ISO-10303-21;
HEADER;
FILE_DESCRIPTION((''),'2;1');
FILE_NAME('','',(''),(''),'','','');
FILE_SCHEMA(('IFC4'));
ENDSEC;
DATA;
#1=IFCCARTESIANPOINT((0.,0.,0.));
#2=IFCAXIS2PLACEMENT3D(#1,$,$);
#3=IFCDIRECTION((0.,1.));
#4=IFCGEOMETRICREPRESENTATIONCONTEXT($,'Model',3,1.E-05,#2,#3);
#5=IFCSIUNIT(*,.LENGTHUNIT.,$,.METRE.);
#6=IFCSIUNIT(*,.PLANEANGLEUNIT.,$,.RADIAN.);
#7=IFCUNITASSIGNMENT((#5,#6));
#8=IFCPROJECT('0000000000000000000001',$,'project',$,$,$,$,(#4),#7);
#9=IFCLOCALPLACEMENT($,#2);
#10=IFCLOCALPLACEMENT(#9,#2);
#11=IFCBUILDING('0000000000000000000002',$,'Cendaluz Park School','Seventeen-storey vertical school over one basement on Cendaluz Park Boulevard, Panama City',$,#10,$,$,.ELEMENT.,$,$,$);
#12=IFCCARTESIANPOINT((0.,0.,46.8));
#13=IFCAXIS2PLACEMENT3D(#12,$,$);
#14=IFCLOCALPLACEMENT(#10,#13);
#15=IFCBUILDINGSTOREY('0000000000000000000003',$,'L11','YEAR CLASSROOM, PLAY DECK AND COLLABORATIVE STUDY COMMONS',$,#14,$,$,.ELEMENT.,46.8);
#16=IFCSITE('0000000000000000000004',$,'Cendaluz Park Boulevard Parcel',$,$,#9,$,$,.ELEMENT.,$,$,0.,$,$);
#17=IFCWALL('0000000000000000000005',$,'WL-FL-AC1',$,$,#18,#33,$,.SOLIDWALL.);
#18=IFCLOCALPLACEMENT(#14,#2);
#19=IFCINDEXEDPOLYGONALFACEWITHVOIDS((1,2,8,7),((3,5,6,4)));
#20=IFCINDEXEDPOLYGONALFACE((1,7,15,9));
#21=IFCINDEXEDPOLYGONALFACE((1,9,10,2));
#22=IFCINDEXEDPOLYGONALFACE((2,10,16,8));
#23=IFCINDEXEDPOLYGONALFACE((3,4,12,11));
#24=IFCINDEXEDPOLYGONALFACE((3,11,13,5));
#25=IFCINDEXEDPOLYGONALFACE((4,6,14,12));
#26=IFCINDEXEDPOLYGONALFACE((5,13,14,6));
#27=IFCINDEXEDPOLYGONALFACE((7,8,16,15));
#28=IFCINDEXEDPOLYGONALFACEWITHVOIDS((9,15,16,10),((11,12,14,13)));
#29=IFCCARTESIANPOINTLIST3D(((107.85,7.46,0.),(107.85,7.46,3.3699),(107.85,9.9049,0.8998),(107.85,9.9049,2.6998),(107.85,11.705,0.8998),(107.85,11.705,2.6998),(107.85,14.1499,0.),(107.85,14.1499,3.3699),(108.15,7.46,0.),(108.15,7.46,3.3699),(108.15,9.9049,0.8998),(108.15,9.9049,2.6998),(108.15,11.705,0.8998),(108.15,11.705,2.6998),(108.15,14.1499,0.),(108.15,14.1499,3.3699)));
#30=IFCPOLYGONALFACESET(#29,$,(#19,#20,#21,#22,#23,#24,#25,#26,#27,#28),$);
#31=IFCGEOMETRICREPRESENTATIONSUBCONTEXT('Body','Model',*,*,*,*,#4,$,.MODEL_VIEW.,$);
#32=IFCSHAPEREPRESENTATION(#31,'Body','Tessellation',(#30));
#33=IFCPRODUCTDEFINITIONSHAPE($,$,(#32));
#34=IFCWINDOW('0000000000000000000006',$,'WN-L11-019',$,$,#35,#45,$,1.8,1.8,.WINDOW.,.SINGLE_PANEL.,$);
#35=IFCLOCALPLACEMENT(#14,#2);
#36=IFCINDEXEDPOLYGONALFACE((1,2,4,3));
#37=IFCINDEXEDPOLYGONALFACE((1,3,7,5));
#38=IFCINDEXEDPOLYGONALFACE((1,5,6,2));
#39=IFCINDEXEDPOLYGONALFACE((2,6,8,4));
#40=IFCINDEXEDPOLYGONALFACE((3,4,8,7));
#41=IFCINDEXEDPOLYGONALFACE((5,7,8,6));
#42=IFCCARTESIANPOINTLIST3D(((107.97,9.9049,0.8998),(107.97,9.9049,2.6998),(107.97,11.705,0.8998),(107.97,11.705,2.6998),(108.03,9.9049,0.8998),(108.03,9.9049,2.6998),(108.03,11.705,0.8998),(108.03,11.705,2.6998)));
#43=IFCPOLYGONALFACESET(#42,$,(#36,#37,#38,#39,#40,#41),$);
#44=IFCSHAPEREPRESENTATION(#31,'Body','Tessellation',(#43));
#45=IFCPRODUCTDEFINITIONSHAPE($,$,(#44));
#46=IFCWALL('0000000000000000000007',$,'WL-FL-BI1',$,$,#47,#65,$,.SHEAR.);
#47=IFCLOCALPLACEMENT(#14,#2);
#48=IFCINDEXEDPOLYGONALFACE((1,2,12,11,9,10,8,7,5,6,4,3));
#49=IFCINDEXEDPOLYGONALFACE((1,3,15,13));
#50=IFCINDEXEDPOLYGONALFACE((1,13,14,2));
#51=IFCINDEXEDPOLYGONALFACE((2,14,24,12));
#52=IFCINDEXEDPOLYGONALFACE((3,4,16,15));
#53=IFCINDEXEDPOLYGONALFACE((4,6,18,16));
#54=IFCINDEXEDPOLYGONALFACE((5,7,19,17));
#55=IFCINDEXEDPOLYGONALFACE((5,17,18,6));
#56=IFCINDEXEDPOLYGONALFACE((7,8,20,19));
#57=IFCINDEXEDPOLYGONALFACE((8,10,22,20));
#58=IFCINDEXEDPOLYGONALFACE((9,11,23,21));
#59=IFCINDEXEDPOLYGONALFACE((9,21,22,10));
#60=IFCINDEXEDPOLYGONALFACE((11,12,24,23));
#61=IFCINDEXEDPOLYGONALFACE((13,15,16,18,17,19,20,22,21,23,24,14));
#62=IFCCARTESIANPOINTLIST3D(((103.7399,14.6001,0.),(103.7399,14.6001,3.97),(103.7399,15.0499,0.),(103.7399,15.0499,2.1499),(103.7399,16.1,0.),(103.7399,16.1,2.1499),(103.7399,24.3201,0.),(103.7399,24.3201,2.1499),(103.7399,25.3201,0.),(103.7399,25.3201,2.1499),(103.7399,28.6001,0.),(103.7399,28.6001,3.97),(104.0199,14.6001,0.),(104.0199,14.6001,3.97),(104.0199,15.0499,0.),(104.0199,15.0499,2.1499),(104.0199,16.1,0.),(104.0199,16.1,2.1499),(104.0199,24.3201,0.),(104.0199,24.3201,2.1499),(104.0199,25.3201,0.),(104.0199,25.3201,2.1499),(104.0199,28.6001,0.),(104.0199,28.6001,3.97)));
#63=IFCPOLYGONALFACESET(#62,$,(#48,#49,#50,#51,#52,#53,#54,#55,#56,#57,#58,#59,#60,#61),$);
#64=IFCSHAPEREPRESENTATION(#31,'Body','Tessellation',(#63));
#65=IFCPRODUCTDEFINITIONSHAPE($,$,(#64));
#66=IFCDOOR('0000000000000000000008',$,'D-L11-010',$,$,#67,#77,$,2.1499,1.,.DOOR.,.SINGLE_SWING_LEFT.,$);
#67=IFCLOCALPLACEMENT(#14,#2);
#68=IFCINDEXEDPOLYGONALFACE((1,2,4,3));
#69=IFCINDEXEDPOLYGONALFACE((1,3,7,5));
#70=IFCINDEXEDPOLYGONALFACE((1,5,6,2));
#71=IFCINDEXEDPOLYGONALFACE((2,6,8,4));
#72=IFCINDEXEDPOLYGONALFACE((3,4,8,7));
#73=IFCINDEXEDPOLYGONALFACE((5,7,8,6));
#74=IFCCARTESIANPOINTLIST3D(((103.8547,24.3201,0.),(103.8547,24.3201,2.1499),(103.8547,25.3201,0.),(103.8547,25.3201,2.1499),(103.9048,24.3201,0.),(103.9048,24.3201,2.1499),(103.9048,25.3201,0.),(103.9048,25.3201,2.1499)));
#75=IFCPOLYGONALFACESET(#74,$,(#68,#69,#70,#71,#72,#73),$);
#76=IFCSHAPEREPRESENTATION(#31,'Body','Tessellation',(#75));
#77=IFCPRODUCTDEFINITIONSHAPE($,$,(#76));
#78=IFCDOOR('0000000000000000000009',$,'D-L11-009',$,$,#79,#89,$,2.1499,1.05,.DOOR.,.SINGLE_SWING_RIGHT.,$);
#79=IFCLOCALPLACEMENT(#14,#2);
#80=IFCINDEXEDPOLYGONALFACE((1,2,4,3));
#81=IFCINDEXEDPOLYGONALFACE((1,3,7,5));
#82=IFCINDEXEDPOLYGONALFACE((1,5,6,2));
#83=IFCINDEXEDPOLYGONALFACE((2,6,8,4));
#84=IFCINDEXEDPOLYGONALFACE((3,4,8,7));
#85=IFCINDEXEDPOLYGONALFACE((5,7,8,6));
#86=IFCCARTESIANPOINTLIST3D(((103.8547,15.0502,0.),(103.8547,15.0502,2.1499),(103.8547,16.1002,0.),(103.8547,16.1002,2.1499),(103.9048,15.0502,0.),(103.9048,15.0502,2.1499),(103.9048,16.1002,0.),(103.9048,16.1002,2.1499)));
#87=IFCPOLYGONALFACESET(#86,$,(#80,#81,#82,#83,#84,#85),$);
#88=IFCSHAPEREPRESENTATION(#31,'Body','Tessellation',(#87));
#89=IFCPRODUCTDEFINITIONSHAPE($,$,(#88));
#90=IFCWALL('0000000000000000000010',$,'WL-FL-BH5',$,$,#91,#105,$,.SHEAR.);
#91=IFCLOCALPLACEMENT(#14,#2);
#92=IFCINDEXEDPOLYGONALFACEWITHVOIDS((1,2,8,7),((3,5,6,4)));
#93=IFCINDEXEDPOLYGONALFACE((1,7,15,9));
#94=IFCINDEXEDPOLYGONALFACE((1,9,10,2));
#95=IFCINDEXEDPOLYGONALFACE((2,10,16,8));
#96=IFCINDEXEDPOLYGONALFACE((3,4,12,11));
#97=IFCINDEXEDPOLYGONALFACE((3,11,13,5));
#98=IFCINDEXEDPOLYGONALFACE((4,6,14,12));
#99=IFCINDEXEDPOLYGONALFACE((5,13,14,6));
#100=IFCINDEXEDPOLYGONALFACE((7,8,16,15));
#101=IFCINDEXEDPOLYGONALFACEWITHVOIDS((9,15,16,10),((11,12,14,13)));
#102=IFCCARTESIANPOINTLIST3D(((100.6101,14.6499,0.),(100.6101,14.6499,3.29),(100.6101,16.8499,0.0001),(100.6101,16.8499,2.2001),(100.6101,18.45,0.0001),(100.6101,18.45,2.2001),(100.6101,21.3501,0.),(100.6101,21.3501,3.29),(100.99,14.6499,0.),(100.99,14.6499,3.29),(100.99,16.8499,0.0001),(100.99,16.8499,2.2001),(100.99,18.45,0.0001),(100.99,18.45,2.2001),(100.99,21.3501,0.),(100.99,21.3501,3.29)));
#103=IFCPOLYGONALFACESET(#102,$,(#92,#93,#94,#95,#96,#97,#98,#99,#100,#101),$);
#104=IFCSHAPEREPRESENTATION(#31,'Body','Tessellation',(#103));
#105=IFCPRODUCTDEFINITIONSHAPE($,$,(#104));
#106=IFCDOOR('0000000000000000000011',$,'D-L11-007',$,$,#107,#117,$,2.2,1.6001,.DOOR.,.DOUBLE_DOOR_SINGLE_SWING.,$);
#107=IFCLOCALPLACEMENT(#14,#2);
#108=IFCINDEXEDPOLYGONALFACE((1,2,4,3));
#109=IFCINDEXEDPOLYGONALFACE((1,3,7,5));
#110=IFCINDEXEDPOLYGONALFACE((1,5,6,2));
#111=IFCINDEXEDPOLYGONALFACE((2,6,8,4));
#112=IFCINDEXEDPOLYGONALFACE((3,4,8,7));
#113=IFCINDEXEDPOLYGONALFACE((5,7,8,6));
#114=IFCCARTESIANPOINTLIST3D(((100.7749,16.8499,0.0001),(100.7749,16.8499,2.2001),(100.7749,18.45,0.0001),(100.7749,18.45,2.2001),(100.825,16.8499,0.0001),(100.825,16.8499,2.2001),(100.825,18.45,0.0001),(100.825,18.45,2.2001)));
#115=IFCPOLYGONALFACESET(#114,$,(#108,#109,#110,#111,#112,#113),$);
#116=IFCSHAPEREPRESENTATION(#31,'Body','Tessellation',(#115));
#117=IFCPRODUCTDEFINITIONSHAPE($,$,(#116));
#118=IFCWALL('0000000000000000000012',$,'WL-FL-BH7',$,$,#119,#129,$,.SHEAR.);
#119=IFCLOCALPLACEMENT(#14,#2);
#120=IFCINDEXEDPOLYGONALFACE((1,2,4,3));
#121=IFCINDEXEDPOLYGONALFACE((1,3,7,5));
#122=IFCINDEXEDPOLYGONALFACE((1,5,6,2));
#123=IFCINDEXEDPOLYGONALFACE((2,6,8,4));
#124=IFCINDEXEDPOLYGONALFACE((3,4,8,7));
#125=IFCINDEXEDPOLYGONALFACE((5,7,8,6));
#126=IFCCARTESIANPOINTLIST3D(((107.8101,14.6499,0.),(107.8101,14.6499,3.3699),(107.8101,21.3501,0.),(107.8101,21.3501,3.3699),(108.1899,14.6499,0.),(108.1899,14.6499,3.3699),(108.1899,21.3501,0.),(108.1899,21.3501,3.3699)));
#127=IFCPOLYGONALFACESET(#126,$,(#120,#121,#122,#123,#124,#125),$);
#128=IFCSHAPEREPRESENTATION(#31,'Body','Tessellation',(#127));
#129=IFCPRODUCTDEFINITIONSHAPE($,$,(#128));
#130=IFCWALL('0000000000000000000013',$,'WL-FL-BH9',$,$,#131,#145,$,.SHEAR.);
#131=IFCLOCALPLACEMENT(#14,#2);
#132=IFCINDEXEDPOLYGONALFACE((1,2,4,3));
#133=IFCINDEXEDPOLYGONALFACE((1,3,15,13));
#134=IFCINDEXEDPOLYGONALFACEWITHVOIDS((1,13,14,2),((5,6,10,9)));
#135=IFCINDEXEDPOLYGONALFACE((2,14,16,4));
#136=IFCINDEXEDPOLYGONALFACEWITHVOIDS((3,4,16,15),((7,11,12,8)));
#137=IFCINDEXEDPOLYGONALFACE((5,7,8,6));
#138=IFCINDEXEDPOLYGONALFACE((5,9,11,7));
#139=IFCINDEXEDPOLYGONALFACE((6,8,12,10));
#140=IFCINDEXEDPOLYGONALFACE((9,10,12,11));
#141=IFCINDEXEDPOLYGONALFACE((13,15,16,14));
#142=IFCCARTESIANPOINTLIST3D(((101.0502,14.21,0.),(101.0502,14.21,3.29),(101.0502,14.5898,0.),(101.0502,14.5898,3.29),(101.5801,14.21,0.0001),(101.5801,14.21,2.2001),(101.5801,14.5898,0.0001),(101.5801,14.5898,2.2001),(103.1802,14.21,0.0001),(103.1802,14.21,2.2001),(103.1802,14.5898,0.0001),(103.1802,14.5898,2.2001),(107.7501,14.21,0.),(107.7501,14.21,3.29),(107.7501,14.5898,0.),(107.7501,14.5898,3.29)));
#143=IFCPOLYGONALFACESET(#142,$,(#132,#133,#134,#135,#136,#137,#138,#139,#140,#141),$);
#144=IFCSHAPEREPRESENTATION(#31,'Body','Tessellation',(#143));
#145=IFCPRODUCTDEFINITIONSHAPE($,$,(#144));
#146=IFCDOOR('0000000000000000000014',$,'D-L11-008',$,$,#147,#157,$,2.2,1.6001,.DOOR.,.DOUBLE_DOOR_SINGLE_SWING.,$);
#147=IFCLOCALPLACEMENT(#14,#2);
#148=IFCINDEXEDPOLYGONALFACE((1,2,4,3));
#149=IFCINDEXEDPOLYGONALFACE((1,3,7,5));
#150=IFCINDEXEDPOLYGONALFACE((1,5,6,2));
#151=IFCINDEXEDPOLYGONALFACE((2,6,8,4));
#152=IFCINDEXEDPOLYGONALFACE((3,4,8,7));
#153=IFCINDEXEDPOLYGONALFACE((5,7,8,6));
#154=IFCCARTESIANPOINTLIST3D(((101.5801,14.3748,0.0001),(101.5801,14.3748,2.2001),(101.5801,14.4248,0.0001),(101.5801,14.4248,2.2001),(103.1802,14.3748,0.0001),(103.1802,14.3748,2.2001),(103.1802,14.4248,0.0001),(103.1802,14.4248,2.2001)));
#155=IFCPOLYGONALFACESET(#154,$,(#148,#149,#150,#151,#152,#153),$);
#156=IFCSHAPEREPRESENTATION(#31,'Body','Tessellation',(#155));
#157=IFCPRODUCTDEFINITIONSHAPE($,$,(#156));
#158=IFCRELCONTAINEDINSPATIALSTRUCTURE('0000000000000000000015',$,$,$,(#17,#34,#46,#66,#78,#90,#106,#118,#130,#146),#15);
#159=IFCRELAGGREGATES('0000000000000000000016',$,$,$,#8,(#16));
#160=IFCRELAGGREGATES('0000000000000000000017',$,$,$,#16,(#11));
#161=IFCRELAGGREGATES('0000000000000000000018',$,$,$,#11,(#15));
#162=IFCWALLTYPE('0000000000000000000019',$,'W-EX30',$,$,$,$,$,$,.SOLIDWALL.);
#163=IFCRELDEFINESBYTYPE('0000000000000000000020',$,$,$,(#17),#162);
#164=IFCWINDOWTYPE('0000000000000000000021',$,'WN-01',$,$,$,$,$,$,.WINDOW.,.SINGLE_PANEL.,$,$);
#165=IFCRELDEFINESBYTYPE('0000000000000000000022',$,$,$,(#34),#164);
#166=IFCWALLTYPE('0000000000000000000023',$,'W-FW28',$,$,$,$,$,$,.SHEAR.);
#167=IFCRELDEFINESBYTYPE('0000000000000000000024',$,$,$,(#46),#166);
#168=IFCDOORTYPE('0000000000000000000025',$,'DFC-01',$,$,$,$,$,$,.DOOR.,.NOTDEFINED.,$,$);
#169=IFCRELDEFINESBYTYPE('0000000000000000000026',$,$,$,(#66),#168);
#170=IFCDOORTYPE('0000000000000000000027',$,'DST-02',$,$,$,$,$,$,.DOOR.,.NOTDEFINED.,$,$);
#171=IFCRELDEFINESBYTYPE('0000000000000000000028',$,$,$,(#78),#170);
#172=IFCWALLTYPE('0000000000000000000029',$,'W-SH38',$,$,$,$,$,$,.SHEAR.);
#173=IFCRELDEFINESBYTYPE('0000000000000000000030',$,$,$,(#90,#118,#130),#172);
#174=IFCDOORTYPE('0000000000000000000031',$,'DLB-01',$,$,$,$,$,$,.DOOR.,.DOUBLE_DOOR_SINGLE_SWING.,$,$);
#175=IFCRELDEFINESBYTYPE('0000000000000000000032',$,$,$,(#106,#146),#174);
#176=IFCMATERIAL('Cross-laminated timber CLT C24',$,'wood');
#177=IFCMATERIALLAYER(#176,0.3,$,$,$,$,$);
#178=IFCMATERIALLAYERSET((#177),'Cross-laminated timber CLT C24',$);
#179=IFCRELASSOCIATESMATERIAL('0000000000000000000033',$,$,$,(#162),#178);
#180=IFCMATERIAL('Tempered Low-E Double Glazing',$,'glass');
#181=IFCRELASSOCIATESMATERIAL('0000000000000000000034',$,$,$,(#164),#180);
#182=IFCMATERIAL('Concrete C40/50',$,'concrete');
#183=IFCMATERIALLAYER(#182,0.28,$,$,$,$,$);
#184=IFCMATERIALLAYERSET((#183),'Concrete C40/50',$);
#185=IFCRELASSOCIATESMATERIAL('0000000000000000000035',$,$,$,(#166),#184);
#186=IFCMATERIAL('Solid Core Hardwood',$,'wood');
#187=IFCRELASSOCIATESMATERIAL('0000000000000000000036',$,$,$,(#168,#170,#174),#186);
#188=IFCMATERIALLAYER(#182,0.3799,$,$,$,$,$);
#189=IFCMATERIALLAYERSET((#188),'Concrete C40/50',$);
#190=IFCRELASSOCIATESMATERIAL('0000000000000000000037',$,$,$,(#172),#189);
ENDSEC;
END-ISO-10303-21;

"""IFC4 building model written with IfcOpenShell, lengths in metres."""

from ifc_helpers import new_model, si_unit, direction, frame, frame_2d, origin, place, context, subcontext, project, spatial, rectangle, extrude, material, layer, layer_set, type_object, element, fill, save


model = new_model("IFC4")

# Units and contexts
model_context = context("Model", 3, precision=1e-05, world=origin(), true_north=direction((0.0, 1.0)))
body_context = subcontext(model_context, "Body", "Model", "MODEL_VIEW")
ifc_project = project(units=[si_unit("LENGTHUNIT", "METRE"), si_unit("PLANEANGLEUNIT", "RADIAN")], contexts=[model_context])

# Site, building, storey
site_placement = place(None, origin())
site = spatial("IfcSite", under=ifc_project, at=site_placement, Name="Cendaluz Park Boulevard Parcel", CompositionType="ELEMENT", RefElevation=0.0)
building_placement = place(site_placement, origin())
building = spatial("IfcBuilding", under=site, at=building_placement, Name="Cendaluz Park School", Description="Seventeen-storey vertical school over one basement on Cendaluz Park Boulevard, Panama City", CompositionType="ELEMENT")
storey_placement = place(building_placement, frame((0.0, 0.0, 46.8)))
storey = spatial("IfcBuildingStorey", under=building, at=storey_placement, Name="L11", Description="YEAR CLASSROOM, PLAY DECK AND COLLABORATIVE STUDY COMMONS", CompositionType="ELEMENT", Elevation=46.8)

# Wall, opening, window
ifc_material_1 = material(Name="Cross-laminated timber CLT C24", Category="wood")
ifc_layer_1 = layer(ifc_material_1, 0.3)
ifc_layer_set_1 = layer_set([ifc_layer_1], Name="Cross-laminated timber CLT C24")
wall_type_1 = type_object("IfcWallType", Name="W-EX30", PredefinedType="SOLIDWALL", material=ifc_layer_set_1)
ifc_material_2 = material(Name="Tempered Low-E Double Glazing", Category="glass")
wall_1_placement = place(storey_placement, frame((108.0, 7.46, 0.0), z_axis=(0.0, 0.0, 1.0), x_axis=(0.0, 1.0, 0.0)))
wall_1 = element("IfcWall", 1, at=wall_1_placement, inside=storey, type_object=wall_type_1, Name="WL-FL-AC1", PredefinedType="SOLIDWALL", context=body_context, shape_type="SweptSolid", body=[
    extrude(rectangle(XDim=6.6899, YDim=0.3, at=frame_2d((3.345, 0.0))), origin(), (0.0, 0.0, 1.0), 3.3699),
])
opening_1_placement = place(wall_1_placement, frame((2.4451, 0.0, 0.8999)))
opening_1 = element("IfcOpeningElement", 2, at=opening_1_placement, cuts=wall_1, PredefinedType="OPENING", context=body_context, shape_type="SweptSolid", body=[
    extrude(rectangle(XDim=1.8, YDim=1.8, at=frame_2d((0.8999, 0.8999))), frame((0.0, 0.1621, 0.0), z_axis=(0.0, -1.0, 0.0), x_axis=(1.0, 0.0, 0.0)), (0.0, 0.0, 1.0), 0.324),
])
window_type_1 = type_object("IfcWindowType", Name="WN-01", PartitioningType="SINGLE_PANEL", PredefinedType="WINDOW", material=ifc_material_2)
window_1_placement = place(opening_1_placement, origin())
window_1 = element("IfcWindow", 3, at=window_1_placement, inside=storey, type_object=window_type_1, Name="WN-L11-019", OverallHeight=1.8, OverallWidth=1.8, PartitioningType="SINGLE_PANEL", PredefinedType="WINDOW", context=body_context, shape_type="SweptSolid", body=[
    extrude(rectangle(XDim=1.8, YDim=1.8, at=frame_2d((0.8999, 0.8999))), frame((0.0, 0.03, 0.0), z_axis=(0.0, -1.0, 0.0), x_axis=(1.0, 0.0, 0.0)), (0.0, 0.0, 1.0), 0.0601),
])
fill(opening_1, window_1)

# Wall, openings, doors
ifc_material_3 = material(Name="Concrete C40/50", Category="concrete")
ifc_layer_2 = layer(ifc_material_3, 0.28)
ifc_layer_set_2 = layer_set([ifc_layer_2], Name="Concrete C40/50")
wall_type_2 = type_object("IfcWallType", Name="W-FW28", PredefinedType="SHEAR", material=ifc_layer_set_2)
wall_2_placement = place(storey_placement, frame((103.8799, 14.6001, 0.0), z_axis=(0.0, 0.0, 1.0), x_axis=(0.0, 1.0, 0.0)))
wall_2 = element("IfcWall", 4, at=wall_2_placement, inside=storey, type_object=wall_type_2, Name="WL-FL-BI1", PredefinedType="SHEAR", context=body_context, shape_type="SweptSolid", body=[
    extrude(rectangle(XDim=14.0, YDim=0.28, at=frame_2d((7.0, 0.0))), origin(), (0.0, 0.0, 1.0), 3.97),
])
opening_2_placement = place(wall_2_placement, frame((0.45, 0.0, 0.0)))
opening_2 = element("IfcOpeningElement", 5, at=opening_2_placement, cuts=wall_2, PredefinedType="OPENING", context=body_context, shape_type="SweptSolid", body=[
    extrude(rectangle(XDim=1.05, YDim=2.1499, at=frame_2d((0.5249, 1.075))), frame((0.0, 0.1521, 0.0), z_axis=(0.0, -1.0, 0.0), x_axis=(1.0, 0.0, 0.0)), (0.0, 0.0, 1.0), 0.304),
])
opening_3_placement = place(wall_2_placement, frame((9.72, 0.0, 0.0)))
opening_3 = element("IfcOpeningElement", 6, at=opening_3_placement, cuts=wall_2, PredefinedType="OPENING", context=body_context, shape_type="SweptSolid", body=[
    extrude(rectangle(XDim=1.0, YDim=2.1499, at=frame_2d((0.5, 1.075))), frame((0.0, 0.1521, 0.0), z_axis=(0.0, -1.0, 0.0), x_axis=(1.0, 0.0, 0.0)), (0.0, 0.0, 1.0), 0.304),
])
ifc_material_4 = material(Name="Solid Core Hardwood", Category="wood")
door_type_1 = type_object("IfcDoorType", Name="DFC-01", OperationType="NOTDEFINED", PredefinedType="DOOR", material=ifc_material_4)
door_1_placement = place(opening_3_placement, frame((1.0, 0.0, 0.0), z_axis=(0.0, 0.0, 1.0), x_axis=(-1.0, 0.0, 0.0)))
door_1 = element("IfcDoor", 7, at=door_1_placement, inside=storey, type_object=door_type_1, Name="D-L11-010", OperationType="SINGLE_SWING_LEFT", OverallHeight=2.1499, OverallWidth=1.0, PredefinedType="DOOR", context=body_context, shape_type="SweptSolid", body=[
    extrude(rectangle(XDim=1.0, YDim=2.1499, at=frame_2d((0.5, 1.075))), frame((0.0, 0.0249, 0.0), z_axis=(0.0, -1.0, 0.0), x_axis=(1.0, 0.0, 0.0)), (0.0, 0.0, 1.0), 0.05),
])
fill(opening_3, door_1)
door_type_2 = type_object("IfcDoorType", Name="DST-02", OperationType="NOTDEFINED", PredefinedType="DOOR", material=ifc_material_4)
door_2_placement = place(opening_2_placement, frame((1.05, 0.0, 0.0), z_axis=(0.0, 0.0, 1.0), x_axis=(-1.0, 0.0, 0.0)))
door_2 = element("IfcDoor", 8, at=door_2_placement, inside=storey, type_object=door_type_2, Name="D-L11-009", OperationType="SINGLE_SWING_RIGHT", OverallHeight=2.1499, OverallWidth=1.05, PredefinedType="DOOR", context=body_context, shape_type="SweptSolid", body=[
    extrude(rectangle(XDim=1.05, YDim=2.1499, at=frame_2d((0.5249, 1.075))), frame((0.0, 0.0249, 0.0), z_axis=(0.0, -1.0, 0.0), x_axis=(1.0, 0.0, 0.0)), (0.0, 0.0, 1.0), 0.05),
])
fill(opening_2, door_2)

# Wall, opening, door
ifc_layer_3 = layer(ifc_material_3, 0.3799)
ifc_layer_set_3 = layer_set([ifc_layer_3], Name="Concrete C40/50")
wall_type_3 = type_object("IfcWallType", Name="W-SH38", PredefinedType="SHEAR", material=ifc_layer_set_3)
wall_3_placement = place(storey_placement, frame((100.8, 14.6499, 0.0), z_axis=(0.0, 0.0, 1.0), x_axis=(0.0, 1.0, 0.0)))
wall_3 = element("IfcWall", 9, at=wall_3_placement, inside=storey, type_object=wall_type_3, Name="WL-FL-BH5", PredefinedType="SHEAR", context=body_context, shape_type="SweptSolid", body=[
    extrude(rectangle(XDim=6.7002, YDim=0.3799, at=frame_2d((3.3501, 0.0))), origin(), (0.0, 0.0, 1.0), 3.29),
])
opening_4_placement = place(wall_3_placement, frame((2.2, 0.0, 0.0)))
opening_4 = element("IfcOpeningElement", 10, at=opening_4_placement, cuts=wall_3, PredefinedType="OPENING", context=body_context, shape_type="SweptSolid", body=[
    extrude(rectangle(XDim=1.6001, YDim=2.2, at=frame_2d((0.8, 1.1001))), frame((0.0, 0.2019, 0.0), z_axis=(0.0, -1.0, 0.0), x_axis=(1.0, 0.0, 0.0)), (0.0, 0.0, 1.0), 0.4038),
])
door_type_3 = type_object("IfcDoorType", Name="DLB-01", OperationType="DOUBLE_DOOR_SINGLE_SWING", PredefinedType="DOOR", material=ifc_material_4)
door_3_placement = place(opening_4_placement, frame((1.6001, 0.0, 0.0), z_axis=(0.0, 0.0, 1.0), x_axis=(-1.0, 0.0, 0.0)))
door_3 = element("IfcDoor", 11, at=door_3_placement, inside=storey, type_object=door_type_3, Name="D-L11-007", OperationType="DOUBLE_DOOR_SINGLE_SWING", OverallHeight=2.2, OverallWidth=1.6001, PredefinedType="DOOR", context=body_context, shape_type="SweptSolid", body=[
    extrude(rectangle(XDim=1.6001, YDim=2.2, at=frame_2d((0.8, 1.1001))), frame((0.0, 0.0249, 0.0), z_axis=(0.0, -1.0, 0.0), x_axis=(1.0, 0.0, 0.0)), (0.0, 0.0, 1.0), 0.05),
])
fill(opening_4, door_3)

# Wall
wall_4_placement = place(storey_placement, frame((108.0, 14.6499, 0.0), z_axis=(0.0, 0.0, 1.0), x_axis=(0.0, 1.0, 0.0)))
element("IfcWall", 12, at=wall_4_placement, inside=storey, type_object=wall_type_3, Name="WL-FL-BH7", PredefinedType="SHEAR", context=body_context, shape_type="SweptSolid", body=[
    extrude(rectangle(XDim=6.7002, YDim=0.3799, at=frame_2d((3.3501, 0.0))), origin(), (0.0, 0.0, 1.0), 3.3699),
])

# Wall, opening, door
wall_5_placement = place(storey_placement, frame((101.05, 14.3999, 0.0), z_axis=(0.0, 0.0, 1.0), x_axis=(1.0, 0.0, 0.0)))
wall_5 = element("IfcWall", 13, at=wall_5_placement, inside=storey, type_object=wall_type_3, Name="WL-FL-BH9", PredefinedType="SHEAR", context=body_context, shape_type="SweptSolid", body=[
    extrude(rectangle(XDim=6.7, YDim=0.3799, at=frame_2d((3.3501, 0.0))), origin(), (0.0, 0.0, 1.0), 3.29),
])
opening_5_placement = place(wall_5_placement, frame((0.53, 0.0, 0.0)))
opening_5 = element("IfcOpeningElement", 14, at=opening_5_placement, cuts=wall_5, PredefinedType="OPENING", context=body_context, shape_type="SweptSolid", body=[
    extrude(rectangle(XDim=1.6001, YDim=2.2, at=frame_2d((0.8, 1.1001))), frame((0.0, 0.2019, 0.0), z_axis=(0.0, -1.0, 0.0), x_axis=(1.0, 0.0, 0.0)), (0.0, 0.0, 1.0), 0.4038),
])
door_4_placement = place(opening_5_placement, origin())
door_4 = element("IfcDoor", 15, at=door_4_placement, inside=storey, type_object=door_type_3, Name="D-L11-008", OperationType="DOUBLE_DOOR_SINGLE_SWING", OverallHeight=2.2, OverallWidth=1.6001, PredefinedType="DOOR", context=body_context, shape_type="SweptSolid", body=[
    extrude(rectangle(XDim=1.6001, YDim=2.2, at=frame_2d((0.8, 1.1001))), frame((0.0, 0.0249, 0.0), z_axis=(0.0, -1.0, 0.0), x_axis=(1.0, 0.0, 0.0)), (0.0, 0.0, 1.0), 0.05),
])
fill(opening_5, door_4)

save(model, "model.ifc")
